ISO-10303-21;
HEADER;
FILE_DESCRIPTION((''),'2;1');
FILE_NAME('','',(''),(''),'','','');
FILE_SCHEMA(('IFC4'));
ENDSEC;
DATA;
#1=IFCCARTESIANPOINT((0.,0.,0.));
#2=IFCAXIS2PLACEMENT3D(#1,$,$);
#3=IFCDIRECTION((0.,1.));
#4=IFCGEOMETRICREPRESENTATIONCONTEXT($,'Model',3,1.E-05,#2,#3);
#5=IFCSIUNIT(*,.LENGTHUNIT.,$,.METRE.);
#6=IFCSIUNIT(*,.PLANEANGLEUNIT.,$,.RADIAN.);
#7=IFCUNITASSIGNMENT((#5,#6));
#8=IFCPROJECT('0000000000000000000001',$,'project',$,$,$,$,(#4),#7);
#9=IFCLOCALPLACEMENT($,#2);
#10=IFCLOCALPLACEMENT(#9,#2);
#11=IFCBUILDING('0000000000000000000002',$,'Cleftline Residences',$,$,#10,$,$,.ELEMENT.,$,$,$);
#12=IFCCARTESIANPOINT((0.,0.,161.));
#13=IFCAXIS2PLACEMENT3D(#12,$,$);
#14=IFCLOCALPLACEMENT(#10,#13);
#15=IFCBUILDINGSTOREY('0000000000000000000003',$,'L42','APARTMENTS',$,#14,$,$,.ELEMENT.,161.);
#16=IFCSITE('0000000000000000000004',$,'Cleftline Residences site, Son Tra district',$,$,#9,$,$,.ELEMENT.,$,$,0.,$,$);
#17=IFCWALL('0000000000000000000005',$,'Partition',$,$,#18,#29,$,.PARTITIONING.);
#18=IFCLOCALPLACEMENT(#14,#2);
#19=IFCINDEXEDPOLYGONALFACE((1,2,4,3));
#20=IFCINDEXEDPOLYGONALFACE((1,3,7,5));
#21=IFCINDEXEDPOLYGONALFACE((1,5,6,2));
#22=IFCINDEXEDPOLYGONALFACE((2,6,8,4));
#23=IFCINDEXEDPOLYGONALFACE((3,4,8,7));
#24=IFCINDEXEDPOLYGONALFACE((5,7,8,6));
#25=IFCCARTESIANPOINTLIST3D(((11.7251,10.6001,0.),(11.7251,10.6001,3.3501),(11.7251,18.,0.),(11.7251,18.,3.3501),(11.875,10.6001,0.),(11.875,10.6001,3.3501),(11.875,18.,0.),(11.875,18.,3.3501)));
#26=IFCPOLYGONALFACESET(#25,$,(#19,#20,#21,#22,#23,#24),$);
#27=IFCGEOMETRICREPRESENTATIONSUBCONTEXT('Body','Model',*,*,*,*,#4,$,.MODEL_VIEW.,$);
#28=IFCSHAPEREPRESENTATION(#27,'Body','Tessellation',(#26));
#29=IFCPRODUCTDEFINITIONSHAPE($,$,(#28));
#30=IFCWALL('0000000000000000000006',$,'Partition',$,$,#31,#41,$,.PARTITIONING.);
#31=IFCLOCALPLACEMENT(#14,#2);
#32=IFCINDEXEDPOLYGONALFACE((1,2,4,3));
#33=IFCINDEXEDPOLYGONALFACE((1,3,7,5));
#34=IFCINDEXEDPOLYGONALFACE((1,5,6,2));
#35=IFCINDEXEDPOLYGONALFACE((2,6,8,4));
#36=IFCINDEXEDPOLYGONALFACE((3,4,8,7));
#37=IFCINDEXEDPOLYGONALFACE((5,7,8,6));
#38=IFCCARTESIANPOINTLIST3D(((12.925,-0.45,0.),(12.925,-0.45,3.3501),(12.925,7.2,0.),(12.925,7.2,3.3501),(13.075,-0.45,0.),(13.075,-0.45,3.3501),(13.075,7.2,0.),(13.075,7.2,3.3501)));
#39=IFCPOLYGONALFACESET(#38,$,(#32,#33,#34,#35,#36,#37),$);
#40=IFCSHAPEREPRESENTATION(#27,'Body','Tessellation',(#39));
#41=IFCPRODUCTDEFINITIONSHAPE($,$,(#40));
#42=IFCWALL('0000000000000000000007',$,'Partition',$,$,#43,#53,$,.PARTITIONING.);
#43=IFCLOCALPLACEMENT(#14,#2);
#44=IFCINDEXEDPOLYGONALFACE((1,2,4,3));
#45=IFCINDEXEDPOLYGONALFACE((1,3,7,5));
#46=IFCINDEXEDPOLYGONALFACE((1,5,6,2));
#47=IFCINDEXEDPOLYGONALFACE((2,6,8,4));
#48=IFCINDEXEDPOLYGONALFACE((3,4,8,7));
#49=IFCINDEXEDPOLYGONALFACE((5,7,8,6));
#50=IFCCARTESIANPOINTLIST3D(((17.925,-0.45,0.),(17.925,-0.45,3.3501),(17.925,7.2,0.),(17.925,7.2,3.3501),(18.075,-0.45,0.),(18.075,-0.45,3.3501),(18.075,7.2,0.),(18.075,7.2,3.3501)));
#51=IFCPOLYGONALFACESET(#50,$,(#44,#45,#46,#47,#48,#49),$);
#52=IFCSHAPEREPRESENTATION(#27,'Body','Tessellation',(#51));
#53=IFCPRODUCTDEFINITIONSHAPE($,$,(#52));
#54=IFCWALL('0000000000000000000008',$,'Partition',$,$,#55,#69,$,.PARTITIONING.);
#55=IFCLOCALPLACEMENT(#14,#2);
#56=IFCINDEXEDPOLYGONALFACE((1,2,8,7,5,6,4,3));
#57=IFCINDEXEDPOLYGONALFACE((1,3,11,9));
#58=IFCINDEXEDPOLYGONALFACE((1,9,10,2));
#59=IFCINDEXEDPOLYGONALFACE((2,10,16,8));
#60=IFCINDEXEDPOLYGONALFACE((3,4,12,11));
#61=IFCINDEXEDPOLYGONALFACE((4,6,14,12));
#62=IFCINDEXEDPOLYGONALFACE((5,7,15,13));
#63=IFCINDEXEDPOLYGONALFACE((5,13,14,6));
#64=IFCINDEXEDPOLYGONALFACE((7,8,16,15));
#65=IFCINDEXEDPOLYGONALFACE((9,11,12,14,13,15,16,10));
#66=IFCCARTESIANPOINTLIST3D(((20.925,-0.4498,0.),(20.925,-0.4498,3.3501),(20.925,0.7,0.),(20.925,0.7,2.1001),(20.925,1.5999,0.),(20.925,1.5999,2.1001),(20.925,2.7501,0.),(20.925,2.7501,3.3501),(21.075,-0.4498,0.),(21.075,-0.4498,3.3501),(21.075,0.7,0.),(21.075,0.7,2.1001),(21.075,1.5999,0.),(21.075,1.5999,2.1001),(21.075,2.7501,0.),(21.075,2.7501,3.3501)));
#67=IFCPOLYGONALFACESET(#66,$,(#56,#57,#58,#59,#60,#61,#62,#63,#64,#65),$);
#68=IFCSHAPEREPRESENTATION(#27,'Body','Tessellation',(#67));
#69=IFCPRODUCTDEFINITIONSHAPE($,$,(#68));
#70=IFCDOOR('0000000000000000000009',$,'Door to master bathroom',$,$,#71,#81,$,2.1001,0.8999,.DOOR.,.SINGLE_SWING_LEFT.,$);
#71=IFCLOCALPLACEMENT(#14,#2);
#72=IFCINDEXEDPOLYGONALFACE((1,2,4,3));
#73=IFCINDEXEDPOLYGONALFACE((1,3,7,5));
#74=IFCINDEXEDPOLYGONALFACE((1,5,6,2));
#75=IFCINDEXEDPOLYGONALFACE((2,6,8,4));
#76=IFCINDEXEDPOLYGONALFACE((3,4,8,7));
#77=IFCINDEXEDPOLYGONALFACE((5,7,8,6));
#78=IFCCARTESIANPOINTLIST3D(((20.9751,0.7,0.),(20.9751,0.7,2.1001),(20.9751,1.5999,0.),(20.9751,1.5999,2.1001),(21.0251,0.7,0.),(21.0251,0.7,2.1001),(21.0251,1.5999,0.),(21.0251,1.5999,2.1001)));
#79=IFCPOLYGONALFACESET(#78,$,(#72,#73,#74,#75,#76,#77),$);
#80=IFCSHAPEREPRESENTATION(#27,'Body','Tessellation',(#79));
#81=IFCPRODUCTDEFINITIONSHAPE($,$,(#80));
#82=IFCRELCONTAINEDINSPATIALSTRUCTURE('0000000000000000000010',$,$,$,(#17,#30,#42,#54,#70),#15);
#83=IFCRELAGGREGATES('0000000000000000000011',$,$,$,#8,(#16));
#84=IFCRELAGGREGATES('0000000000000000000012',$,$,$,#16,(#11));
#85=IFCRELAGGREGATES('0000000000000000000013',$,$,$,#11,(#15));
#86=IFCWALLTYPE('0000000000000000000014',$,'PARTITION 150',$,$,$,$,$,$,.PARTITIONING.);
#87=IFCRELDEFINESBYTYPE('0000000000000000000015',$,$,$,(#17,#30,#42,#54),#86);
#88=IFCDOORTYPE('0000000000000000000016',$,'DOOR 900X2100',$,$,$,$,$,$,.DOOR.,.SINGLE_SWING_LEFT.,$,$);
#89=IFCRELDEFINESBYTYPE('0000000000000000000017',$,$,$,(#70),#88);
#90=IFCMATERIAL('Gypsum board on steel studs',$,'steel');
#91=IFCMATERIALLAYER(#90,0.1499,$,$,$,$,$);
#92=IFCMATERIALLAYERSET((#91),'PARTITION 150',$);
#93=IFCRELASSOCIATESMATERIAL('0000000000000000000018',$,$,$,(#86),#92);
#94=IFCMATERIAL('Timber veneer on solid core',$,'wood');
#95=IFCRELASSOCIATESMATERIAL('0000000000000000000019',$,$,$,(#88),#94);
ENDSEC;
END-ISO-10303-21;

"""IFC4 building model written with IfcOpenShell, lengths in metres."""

from ifc_helpers import new_model, si_unit, direction, frame, frame_2d, origin, place, context, subcontext, project, spatial, rectangle, extrude, material, layer, layer_set, type_object, element, fill, save


model = new_model("IFC4")

# Units and contexts
model_context = context("Model", 3, precision=1e-05, world=origin(), true_north=direction((0.0, 1.0)))
body_context = subcontext(model_context, "Body", "Model", "MODEL_VIEW")
ifc_project = project(units=[si_unit("LENGTHUNIT", "METRE"), si_unit("PLANEANGLEUNIT", "RADIAN")], contexts=[model_context])

# Site, building, storey
site_placement = place(None, origin())
site = spatial("IfcSite", under=ifc_project, at=site_placement, Name="Cleftline Residences site, Son Tra district", CompositionType="ELEMENT", RefElevation=0.0)
building_placement = place(site_placement, origin())
building = spatial("IfcBuilding", under=site, at=building_placement, Name="Cleftline Residences", CompositionType="ELEMENT")
storey_placement = place(building_placement, frame((0.0, 0.0, 161.0)))
storey = spatial("IfcBuildingStorey", under=building, at=storey_placement, Name="L42", Description="APARTMENTS", CompositionType="ELEMENT", Elevation=161.0)

# Shared definitions
ifc_material_1 = material(Name="Gypsum board on steel studs", Category="steel")
ifc_layer_1 = layer(ifc_material_1, 0.1499)
ifc_layer_set_1 = layer_set([ifc_layer_1], Name="PARTITION 150")
wall_type = type_object("IfcWallType", Name="PARTITION 150", PredefinedType="PARTITIONING", material=ifc_layer_set_1)

# Walls
wall_1_placement = place(storey_placement, frame((11.8, 10.6001, 0.0), z_axis=(0.0, 0.0, 1.0), x_axis=(0.0, 1.0, 0.0)))
element("IfcWall", 1, at=wall_1_placement, inside=storey, type_object=wall_type, Name="Partition", PredefinedType="PARTITIONING", context=body_context, shape_type="SweptSolid", body=[
    extrude(rectangle(XDim=7.3999, YDim=0.1499, at=frame_2d((3.7, 0.0))), origin(), (0.0, 0.0, 1.0), 3.3501),
])
for number, where, z_axis, x_axis, name in (
    (2, (13.0, -0.45, 0.0), (0.0, 0.0, 1.0), (0.0, 1.0, 0.0), "Partition"),
    (3, (18.0, -0.45, 0.0), (0.0, 0.0, 1.0), (0.0, 1.0, 0.0), "Partition"),
):
    element("IfcWall", number, at=place(storey_placement, frame(where, z_axis=z_axis, x_axis=x_axis)), inside=storey, type_object=wall_type, Name=name, PredefinedType="PARTITIONING", context=body_context, shape_type="SweptSolid", body=[
        extrude(rectangle(XDim=7.6499, YDim=0.1499, at=frame_2d((3.825, 0.0))), origin(), (0.0, 0.0, 1.0), 3.3501),
    ])

# Wall, opening, door
wall_2_placement = place(storey_placement, frame((21.0, -0.45, 0.0), z_axis=(0.0, 0.0, 1.0), x_axis=(0.0, 1.0, 0.0)))
wall_2 = element("IfcWall", 4, at=wall_2_placement, inside=storey, type_object=wall_type, Name="Partition", PredefinedType="PARTITIONING", context=body_context, shape_type="SweptSolid", body=[
    extrude(rectangle(XDim=3.2, YDim=0.1499, at=frame_2d((1.6001, 0.0))), origin(), (0.0, 0.0, 1.0), 3.3501),
])
opening_1_placement = place(wall_2_placement, frame((1.1499, 0.0, 0.0)))
opening_1 = element("IfcOpeningElement", 5, at=opening_1_placement, cuts=wall_2, PredefinedType="OPENING", context=body_context, shape_type="SweptSolid", body=[
    extrude(rectangle(XDim=0.8999, YDim=2.1001, at=frame_2d((0.45, 1.05))), frame((0.0, 0.085, 0.0), z_axis=(0.0, -1.0, 0.0), x_axis=(1.0, 0.0, 0.0)), (0.0, 0.0, 1.0), 0.1699),
])
ifc_material_2 = material(Name="Timber veneer on solid core", Category="wood")
door_type_1 = type_object("IfcDoorType", Name="DOOR 900X2100", OperationType="SINGLE_SWING_LEFT", PredefinedType="DOOR", material=ifc_material_2)
door_1_placement = place(opening_1_placement, origin())
door_1 = element("IfcDoor", 6, at=door_1_placement, inside=storey, type_object=door_type_1, Name="Door to master bathroom", OperationType="SINGLE_SWING_LEFT", OverallHeight=2.1001, OverallWidth=0.8999, PredefinedType="DOOR", context=body_context, shape_type="SweptSolid", body=[
    extrude(rectangle(XDim=0.8999, YDim=2.1001, at=frame_2d((0.45, 1.05))), frame((0.0, 0.0249, 0.0), z_axis=(0.0, -1.0, 0.0), x_axis=(1.0, 0.0, 0.0)), (0.0, 0.0, 1.0), 0.05),
])
fill(opening_1, door_1)

save(model, "model.ifc")
